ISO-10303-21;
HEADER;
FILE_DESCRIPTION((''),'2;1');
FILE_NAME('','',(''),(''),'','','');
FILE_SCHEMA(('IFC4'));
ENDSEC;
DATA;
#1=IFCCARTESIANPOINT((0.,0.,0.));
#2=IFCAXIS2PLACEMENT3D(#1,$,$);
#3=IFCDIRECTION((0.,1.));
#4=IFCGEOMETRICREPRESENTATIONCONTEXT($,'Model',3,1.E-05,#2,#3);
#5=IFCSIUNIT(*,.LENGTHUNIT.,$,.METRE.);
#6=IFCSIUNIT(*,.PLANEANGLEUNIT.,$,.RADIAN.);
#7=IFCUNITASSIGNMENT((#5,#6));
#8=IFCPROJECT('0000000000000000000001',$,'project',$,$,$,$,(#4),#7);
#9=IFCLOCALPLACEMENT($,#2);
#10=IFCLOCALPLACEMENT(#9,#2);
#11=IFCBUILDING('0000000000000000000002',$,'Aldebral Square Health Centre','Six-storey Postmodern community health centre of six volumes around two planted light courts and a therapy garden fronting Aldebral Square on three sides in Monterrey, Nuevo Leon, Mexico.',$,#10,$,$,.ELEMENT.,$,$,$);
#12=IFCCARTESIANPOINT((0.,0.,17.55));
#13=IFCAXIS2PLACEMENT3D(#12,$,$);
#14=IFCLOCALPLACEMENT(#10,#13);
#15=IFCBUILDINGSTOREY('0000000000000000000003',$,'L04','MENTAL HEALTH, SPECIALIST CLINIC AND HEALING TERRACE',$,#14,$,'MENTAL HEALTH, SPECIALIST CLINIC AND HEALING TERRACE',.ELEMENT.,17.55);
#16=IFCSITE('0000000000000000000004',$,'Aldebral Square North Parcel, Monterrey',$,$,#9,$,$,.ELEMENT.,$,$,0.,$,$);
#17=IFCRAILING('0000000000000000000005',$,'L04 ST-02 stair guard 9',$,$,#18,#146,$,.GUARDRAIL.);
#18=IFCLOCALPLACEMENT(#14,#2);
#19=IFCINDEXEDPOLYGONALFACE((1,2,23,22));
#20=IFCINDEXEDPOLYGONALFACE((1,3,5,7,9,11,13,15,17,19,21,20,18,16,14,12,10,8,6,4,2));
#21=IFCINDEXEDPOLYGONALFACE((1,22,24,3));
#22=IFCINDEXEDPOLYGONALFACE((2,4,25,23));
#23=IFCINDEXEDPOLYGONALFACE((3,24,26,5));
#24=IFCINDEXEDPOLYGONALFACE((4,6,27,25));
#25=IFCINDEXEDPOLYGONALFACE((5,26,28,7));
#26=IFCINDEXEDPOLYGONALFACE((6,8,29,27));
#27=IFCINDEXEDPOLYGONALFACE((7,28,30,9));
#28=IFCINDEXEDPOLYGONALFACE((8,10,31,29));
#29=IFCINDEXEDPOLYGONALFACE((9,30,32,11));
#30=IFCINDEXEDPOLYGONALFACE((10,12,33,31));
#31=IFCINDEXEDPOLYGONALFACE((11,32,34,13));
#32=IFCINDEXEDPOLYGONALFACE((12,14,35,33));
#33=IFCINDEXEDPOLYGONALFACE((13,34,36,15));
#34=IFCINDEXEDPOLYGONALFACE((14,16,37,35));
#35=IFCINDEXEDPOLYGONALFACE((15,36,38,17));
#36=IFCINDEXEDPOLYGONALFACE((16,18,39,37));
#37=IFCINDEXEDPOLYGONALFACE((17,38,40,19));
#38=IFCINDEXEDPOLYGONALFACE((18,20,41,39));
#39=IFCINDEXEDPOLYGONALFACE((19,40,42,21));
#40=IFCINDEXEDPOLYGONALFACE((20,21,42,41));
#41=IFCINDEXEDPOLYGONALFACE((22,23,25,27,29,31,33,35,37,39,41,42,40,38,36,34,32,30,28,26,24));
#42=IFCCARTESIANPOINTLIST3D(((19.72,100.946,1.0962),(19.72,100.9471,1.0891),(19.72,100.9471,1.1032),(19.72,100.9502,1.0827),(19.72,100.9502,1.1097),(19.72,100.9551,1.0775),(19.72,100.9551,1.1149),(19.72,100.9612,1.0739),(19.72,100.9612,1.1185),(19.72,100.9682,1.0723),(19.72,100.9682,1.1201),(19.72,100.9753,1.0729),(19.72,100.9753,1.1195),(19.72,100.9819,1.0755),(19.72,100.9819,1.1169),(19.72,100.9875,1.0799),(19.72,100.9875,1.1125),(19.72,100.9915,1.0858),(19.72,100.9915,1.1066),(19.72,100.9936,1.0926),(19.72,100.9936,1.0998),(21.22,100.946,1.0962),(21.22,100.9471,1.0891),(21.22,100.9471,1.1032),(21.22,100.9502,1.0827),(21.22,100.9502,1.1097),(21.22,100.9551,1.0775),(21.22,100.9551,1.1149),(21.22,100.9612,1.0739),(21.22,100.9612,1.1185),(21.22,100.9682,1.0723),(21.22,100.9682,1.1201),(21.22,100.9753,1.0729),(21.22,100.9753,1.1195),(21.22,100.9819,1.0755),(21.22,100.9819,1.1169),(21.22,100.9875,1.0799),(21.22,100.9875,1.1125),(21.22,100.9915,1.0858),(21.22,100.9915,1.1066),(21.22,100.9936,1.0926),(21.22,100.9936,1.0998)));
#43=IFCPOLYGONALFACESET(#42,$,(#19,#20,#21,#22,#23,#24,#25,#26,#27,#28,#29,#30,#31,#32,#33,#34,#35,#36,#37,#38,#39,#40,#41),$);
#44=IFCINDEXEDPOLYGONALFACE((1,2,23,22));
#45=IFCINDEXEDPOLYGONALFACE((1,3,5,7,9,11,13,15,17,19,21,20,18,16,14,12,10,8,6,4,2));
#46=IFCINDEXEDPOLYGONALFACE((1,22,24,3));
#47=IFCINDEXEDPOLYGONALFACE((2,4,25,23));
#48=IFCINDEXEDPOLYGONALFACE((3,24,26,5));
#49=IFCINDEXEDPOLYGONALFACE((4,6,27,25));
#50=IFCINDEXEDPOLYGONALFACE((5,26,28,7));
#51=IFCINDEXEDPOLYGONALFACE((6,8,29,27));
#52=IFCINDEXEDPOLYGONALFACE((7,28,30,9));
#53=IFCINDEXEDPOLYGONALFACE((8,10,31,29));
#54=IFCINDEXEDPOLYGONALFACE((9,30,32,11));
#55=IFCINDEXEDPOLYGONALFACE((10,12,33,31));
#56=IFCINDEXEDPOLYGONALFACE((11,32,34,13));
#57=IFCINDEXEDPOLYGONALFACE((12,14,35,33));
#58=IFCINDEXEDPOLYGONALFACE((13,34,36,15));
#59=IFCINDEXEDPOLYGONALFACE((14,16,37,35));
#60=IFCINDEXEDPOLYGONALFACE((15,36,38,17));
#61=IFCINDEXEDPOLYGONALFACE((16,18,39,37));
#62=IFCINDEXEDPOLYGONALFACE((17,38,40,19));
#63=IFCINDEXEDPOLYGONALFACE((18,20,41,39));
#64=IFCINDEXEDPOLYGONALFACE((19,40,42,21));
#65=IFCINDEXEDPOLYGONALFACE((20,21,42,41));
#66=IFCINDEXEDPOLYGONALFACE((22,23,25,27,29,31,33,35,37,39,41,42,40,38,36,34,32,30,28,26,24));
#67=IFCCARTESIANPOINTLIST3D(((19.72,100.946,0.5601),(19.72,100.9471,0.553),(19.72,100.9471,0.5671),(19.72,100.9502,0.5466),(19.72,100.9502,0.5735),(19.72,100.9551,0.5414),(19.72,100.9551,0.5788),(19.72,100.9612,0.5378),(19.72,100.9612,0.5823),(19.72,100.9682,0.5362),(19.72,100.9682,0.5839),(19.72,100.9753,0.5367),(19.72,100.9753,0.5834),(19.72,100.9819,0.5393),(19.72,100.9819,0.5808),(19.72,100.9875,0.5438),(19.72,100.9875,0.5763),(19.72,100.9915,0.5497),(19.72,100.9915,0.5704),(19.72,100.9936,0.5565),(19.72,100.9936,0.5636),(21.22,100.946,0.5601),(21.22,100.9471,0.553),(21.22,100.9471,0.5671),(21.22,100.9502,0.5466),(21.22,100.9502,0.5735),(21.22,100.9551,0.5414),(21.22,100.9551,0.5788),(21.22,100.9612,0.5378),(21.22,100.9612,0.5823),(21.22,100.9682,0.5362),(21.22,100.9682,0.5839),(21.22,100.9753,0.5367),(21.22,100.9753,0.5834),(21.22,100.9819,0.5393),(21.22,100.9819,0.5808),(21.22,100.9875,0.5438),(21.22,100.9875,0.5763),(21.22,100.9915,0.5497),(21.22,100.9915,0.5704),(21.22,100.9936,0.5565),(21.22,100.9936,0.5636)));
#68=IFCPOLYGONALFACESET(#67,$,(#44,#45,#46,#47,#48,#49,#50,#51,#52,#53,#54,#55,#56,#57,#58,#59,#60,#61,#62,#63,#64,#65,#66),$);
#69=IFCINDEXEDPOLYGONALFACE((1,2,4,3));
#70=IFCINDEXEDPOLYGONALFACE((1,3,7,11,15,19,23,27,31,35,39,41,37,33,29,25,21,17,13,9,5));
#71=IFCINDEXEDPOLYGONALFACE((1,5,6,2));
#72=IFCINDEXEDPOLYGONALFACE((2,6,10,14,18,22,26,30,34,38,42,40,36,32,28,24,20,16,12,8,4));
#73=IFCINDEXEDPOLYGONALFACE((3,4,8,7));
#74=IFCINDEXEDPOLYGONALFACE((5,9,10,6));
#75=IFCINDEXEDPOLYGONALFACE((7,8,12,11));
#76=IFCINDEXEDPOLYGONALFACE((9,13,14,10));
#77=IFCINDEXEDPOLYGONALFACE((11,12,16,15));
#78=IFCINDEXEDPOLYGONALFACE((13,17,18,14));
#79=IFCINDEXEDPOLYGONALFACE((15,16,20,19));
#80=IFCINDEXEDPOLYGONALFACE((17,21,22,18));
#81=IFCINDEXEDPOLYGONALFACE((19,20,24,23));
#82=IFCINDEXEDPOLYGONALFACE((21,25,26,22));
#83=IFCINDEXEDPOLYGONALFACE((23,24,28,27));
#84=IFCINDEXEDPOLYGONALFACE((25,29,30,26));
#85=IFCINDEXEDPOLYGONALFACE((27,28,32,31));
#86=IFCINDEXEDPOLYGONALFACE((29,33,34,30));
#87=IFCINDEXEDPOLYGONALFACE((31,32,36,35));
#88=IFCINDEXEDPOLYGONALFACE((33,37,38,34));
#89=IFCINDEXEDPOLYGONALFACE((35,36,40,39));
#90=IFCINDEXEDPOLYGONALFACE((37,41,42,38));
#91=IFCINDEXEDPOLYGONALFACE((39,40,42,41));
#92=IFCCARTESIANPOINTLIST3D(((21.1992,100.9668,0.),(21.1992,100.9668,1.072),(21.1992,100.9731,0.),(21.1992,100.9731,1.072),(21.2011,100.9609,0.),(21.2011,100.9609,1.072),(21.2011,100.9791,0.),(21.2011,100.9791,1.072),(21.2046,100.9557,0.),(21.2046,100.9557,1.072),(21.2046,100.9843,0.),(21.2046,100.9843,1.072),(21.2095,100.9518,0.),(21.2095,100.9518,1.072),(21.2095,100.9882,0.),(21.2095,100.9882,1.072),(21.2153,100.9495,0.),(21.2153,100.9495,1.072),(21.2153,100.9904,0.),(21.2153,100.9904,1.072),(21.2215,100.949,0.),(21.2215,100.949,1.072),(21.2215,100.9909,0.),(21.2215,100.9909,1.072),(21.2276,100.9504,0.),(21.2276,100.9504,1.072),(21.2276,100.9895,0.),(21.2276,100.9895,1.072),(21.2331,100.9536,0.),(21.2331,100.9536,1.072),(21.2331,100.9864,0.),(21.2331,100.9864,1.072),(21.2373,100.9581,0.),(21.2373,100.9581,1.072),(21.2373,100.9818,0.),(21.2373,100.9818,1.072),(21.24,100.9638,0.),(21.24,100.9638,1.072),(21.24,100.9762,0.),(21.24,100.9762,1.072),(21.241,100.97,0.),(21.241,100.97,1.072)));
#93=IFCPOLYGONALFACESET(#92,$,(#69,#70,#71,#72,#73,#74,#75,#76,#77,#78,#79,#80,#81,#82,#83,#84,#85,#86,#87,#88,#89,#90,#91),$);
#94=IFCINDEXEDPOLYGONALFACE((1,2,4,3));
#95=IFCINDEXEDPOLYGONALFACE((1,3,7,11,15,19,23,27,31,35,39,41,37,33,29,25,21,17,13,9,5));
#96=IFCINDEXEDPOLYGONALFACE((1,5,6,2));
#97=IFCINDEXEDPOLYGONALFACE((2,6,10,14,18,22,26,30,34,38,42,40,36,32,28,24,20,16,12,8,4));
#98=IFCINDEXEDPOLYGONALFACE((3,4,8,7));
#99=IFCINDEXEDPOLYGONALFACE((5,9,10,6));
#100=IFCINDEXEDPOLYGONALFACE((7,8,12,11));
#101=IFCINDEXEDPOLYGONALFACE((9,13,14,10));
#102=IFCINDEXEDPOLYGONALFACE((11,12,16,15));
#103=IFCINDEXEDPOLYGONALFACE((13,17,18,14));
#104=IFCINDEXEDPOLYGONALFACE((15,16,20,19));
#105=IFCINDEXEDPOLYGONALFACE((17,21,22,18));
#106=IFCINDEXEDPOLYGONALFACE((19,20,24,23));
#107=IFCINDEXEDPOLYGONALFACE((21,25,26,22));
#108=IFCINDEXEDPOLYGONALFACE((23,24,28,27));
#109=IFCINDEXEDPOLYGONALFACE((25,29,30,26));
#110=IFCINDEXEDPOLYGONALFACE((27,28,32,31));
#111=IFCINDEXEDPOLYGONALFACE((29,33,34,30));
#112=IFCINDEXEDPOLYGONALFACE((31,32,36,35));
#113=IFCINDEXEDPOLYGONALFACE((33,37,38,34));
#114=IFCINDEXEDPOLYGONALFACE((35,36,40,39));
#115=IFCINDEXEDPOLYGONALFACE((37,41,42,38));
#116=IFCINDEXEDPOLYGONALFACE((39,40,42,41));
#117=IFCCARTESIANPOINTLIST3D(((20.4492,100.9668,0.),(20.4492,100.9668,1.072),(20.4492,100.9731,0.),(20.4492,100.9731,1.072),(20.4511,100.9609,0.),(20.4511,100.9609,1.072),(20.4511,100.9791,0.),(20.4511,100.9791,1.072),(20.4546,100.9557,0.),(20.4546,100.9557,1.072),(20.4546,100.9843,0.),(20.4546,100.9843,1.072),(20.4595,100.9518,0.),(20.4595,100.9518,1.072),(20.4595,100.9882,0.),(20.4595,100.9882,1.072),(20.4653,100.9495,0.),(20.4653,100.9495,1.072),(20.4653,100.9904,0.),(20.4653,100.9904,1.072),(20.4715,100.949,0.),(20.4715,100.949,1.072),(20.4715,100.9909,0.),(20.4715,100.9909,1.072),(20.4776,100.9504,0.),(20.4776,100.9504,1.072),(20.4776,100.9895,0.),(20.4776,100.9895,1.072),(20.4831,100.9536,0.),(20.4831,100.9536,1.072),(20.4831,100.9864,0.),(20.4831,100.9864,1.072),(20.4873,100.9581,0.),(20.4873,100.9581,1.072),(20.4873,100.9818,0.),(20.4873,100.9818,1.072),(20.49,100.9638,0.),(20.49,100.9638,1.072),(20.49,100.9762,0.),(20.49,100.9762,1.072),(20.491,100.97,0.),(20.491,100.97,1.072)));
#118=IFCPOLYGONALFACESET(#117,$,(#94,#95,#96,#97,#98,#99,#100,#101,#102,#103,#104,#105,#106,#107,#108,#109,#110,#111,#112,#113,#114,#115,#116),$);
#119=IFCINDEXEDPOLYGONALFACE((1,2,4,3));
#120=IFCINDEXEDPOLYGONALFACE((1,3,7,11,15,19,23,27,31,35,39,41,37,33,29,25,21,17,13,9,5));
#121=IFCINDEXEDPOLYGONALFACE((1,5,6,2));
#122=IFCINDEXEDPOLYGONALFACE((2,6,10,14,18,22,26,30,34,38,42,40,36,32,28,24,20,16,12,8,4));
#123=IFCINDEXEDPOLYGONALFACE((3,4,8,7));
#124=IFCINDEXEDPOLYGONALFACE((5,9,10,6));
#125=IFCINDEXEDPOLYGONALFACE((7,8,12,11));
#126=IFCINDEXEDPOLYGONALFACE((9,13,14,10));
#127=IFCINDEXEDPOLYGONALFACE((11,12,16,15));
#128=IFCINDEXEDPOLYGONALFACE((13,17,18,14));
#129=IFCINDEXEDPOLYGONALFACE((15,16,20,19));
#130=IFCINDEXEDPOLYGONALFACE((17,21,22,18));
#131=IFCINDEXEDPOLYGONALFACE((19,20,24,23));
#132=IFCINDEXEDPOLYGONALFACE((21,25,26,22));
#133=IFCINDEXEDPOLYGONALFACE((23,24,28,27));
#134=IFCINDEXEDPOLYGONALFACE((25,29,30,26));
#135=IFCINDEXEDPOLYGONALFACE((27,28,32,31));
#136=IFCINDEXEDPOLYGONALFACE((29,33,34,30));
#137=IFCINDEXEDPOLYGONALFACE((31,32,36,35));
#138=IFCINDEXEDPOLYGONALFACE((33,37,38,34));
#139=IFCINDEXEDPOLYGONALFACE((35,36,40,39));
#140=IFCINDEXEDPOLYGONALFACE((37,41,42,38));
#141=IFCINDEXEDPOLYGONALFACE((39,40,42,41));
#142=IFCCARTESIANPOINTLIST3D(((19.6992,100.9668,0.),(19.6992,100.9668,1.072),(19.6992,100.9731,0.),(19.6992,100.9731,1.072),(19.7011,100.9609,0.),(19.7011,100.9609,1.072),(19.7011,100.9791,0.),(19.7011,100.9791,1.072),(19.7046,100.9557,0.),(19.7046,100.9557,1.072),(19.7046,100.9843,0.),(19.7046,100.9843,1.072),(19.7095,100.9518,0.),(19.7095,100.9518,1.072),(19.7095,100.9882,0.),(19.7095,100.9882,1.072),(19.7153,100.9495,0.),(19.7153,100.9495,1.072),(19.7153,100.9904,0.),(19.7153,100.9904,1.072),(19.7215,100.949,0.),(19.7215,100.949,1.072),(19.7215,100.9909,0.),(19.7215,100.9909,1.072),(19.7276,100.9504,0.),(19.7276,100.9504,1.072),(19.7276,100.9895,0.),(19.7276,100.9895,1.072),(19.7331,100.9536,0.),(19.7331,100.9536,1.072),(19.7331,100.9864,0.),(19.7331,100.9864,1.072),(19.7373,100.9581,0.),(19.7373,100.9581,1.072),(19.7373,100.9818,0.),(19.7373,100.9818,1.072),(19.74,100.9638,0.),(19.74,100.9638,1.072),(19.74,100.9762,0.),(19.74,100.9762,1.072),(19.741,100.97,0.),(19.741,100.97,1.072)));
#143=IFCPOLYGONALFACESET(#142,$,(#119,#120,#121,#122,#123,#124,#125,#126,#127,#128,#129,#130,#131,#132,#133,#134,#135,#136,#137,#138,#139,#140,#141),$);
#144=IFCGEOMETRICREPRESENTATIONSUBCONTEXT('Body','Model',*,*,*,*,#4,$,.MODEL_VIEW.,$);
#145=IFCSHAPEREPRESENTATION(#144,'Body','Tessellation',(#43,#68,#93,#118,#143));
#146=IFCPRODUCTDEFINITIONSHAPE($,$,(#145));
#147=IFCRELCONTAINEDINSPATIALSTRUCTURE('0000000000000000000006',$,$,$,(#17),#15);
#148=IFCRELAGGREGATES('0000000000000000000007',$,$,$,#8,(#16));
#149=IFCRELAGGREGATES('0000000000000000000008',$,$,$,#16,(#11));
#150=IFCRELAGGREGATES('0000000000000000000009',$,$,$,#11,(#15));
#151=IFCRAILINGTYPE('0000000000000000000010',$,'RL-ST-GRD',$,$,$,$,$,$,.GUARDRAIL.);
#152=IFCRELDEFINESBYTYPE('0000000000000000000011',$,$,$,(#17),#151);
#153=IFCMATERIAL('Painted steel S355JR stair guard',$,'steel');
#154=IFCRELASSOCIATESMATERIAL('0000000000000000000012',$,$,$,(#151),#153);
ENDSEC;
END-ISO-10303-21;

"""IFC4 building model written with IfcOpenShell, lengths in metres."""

from ifc_helpers import new_model, si_unit, direction, frame, origin, origin_2d, place, context, subcontext, project, spatial, circle, extrude, material, type_object, element, save


model = new_model("IFC4")

# Units and contexts
model_context = context("Model", 3, precision=1e-05, world=origin(), true_north=direction((0.0, 1.0)))
body_context = subcontext(model_context, "Body", "Model", "MODEL_VIEW")
ifc_project = project(units=[si_unit("LENGTHUNIT", "METRE"), si_unit("PLANEANGLEUNIT", "RADIAN")], contexts=[model_context])

# Site, building, storey
site_placement = place(None, origin())
site = spatial("IfcSite", under=ifc_project, at=site_placement, Name="Aldebral Square North Parcel, Monterrey", CompositionType="ELEMENT", RefElevation=0.0)
building_placement = place(site_placement, origin())
building = spatial("IfcBuilding", under=site, at=building_placement, Name="Aldebral Square Health Centre", Description="Six-storey Postmodern community health centre of six volumes around two planted light courts and a therapy garden fronting Aldebral Square on three sides in Monterrey, Nuevo Leon, Mexico.", CompositionType="ELEMENT")
storey_placement = place(building_placement, frame((0.0, 0.0, 17.55)))
storey = spatial("IfcBuildingStorey", under=building, at=storey_placement, Name="L04", Description="MENTAL HEALTH, SPECIALIST CLINIC AND HEALING TERRACE", LongName="MENTAL HEALTH, SPECIALIST CLINIC AND HEALING TERRACE", CompositionType="ELEMENT", Elevation=17.55)

# Railing
ifc_material_1 = material(Name="Painted steel S355JR stair guard", Category="steel")
railing_type_1 = type_object("IfcRailingType", Name="RL-ST-GRD", PredefinedType="GUARDRAIL", material=ifc_material_1)
for number, where, name in (
    (1, (21.22, 100.97, 0.0), "L04 ST-02 stair guard 9"),
):
    element("IfcRailing", number, at=place(storey_placement, frame(where)), inside=storey, type_object=railing_type_1, Name=name, PredefinedType="GUARDRAIL", context=body_context, shape_type="SweptSolid", body=[
        extrude(circle(Radius=0.0239, at=origin_2d()), frame((0.0, 0.0, 1.0962), z_axis=(-1.0, 0.0, 0.0), x_axis=(0.0, -1.0, 0.0)), (0.0, 0.0, 1.0), 1.5),
        extrude(circle(Radius=0.0239, at=origin_2d()), frame((0.0, 0.0, 0.5601), z_axis=(-1.0, 0.0, 0.0), x_axis=(0.0, -1.0, 0.0)), (0.0, 0.0, 1.0), 1.5),
        extrude(circle(Radius=0.021, at=origin_2d()), origin(), (0.0, 0.0, 1.0), 1.072),
        extrude(circle(Radius=0.021, at=origin_2d()), frame((-0.75, 0.0, 0.0)), (0.0, 0.0, 1.0), 1.072),
        extrude(circle(Radius=0.021, at=origin_2d()), frame((-1.5, 0.0, 0.0)), (0.0, 0.0, 1.0), 1.072),
    ])

save(model, "model.ifc")
